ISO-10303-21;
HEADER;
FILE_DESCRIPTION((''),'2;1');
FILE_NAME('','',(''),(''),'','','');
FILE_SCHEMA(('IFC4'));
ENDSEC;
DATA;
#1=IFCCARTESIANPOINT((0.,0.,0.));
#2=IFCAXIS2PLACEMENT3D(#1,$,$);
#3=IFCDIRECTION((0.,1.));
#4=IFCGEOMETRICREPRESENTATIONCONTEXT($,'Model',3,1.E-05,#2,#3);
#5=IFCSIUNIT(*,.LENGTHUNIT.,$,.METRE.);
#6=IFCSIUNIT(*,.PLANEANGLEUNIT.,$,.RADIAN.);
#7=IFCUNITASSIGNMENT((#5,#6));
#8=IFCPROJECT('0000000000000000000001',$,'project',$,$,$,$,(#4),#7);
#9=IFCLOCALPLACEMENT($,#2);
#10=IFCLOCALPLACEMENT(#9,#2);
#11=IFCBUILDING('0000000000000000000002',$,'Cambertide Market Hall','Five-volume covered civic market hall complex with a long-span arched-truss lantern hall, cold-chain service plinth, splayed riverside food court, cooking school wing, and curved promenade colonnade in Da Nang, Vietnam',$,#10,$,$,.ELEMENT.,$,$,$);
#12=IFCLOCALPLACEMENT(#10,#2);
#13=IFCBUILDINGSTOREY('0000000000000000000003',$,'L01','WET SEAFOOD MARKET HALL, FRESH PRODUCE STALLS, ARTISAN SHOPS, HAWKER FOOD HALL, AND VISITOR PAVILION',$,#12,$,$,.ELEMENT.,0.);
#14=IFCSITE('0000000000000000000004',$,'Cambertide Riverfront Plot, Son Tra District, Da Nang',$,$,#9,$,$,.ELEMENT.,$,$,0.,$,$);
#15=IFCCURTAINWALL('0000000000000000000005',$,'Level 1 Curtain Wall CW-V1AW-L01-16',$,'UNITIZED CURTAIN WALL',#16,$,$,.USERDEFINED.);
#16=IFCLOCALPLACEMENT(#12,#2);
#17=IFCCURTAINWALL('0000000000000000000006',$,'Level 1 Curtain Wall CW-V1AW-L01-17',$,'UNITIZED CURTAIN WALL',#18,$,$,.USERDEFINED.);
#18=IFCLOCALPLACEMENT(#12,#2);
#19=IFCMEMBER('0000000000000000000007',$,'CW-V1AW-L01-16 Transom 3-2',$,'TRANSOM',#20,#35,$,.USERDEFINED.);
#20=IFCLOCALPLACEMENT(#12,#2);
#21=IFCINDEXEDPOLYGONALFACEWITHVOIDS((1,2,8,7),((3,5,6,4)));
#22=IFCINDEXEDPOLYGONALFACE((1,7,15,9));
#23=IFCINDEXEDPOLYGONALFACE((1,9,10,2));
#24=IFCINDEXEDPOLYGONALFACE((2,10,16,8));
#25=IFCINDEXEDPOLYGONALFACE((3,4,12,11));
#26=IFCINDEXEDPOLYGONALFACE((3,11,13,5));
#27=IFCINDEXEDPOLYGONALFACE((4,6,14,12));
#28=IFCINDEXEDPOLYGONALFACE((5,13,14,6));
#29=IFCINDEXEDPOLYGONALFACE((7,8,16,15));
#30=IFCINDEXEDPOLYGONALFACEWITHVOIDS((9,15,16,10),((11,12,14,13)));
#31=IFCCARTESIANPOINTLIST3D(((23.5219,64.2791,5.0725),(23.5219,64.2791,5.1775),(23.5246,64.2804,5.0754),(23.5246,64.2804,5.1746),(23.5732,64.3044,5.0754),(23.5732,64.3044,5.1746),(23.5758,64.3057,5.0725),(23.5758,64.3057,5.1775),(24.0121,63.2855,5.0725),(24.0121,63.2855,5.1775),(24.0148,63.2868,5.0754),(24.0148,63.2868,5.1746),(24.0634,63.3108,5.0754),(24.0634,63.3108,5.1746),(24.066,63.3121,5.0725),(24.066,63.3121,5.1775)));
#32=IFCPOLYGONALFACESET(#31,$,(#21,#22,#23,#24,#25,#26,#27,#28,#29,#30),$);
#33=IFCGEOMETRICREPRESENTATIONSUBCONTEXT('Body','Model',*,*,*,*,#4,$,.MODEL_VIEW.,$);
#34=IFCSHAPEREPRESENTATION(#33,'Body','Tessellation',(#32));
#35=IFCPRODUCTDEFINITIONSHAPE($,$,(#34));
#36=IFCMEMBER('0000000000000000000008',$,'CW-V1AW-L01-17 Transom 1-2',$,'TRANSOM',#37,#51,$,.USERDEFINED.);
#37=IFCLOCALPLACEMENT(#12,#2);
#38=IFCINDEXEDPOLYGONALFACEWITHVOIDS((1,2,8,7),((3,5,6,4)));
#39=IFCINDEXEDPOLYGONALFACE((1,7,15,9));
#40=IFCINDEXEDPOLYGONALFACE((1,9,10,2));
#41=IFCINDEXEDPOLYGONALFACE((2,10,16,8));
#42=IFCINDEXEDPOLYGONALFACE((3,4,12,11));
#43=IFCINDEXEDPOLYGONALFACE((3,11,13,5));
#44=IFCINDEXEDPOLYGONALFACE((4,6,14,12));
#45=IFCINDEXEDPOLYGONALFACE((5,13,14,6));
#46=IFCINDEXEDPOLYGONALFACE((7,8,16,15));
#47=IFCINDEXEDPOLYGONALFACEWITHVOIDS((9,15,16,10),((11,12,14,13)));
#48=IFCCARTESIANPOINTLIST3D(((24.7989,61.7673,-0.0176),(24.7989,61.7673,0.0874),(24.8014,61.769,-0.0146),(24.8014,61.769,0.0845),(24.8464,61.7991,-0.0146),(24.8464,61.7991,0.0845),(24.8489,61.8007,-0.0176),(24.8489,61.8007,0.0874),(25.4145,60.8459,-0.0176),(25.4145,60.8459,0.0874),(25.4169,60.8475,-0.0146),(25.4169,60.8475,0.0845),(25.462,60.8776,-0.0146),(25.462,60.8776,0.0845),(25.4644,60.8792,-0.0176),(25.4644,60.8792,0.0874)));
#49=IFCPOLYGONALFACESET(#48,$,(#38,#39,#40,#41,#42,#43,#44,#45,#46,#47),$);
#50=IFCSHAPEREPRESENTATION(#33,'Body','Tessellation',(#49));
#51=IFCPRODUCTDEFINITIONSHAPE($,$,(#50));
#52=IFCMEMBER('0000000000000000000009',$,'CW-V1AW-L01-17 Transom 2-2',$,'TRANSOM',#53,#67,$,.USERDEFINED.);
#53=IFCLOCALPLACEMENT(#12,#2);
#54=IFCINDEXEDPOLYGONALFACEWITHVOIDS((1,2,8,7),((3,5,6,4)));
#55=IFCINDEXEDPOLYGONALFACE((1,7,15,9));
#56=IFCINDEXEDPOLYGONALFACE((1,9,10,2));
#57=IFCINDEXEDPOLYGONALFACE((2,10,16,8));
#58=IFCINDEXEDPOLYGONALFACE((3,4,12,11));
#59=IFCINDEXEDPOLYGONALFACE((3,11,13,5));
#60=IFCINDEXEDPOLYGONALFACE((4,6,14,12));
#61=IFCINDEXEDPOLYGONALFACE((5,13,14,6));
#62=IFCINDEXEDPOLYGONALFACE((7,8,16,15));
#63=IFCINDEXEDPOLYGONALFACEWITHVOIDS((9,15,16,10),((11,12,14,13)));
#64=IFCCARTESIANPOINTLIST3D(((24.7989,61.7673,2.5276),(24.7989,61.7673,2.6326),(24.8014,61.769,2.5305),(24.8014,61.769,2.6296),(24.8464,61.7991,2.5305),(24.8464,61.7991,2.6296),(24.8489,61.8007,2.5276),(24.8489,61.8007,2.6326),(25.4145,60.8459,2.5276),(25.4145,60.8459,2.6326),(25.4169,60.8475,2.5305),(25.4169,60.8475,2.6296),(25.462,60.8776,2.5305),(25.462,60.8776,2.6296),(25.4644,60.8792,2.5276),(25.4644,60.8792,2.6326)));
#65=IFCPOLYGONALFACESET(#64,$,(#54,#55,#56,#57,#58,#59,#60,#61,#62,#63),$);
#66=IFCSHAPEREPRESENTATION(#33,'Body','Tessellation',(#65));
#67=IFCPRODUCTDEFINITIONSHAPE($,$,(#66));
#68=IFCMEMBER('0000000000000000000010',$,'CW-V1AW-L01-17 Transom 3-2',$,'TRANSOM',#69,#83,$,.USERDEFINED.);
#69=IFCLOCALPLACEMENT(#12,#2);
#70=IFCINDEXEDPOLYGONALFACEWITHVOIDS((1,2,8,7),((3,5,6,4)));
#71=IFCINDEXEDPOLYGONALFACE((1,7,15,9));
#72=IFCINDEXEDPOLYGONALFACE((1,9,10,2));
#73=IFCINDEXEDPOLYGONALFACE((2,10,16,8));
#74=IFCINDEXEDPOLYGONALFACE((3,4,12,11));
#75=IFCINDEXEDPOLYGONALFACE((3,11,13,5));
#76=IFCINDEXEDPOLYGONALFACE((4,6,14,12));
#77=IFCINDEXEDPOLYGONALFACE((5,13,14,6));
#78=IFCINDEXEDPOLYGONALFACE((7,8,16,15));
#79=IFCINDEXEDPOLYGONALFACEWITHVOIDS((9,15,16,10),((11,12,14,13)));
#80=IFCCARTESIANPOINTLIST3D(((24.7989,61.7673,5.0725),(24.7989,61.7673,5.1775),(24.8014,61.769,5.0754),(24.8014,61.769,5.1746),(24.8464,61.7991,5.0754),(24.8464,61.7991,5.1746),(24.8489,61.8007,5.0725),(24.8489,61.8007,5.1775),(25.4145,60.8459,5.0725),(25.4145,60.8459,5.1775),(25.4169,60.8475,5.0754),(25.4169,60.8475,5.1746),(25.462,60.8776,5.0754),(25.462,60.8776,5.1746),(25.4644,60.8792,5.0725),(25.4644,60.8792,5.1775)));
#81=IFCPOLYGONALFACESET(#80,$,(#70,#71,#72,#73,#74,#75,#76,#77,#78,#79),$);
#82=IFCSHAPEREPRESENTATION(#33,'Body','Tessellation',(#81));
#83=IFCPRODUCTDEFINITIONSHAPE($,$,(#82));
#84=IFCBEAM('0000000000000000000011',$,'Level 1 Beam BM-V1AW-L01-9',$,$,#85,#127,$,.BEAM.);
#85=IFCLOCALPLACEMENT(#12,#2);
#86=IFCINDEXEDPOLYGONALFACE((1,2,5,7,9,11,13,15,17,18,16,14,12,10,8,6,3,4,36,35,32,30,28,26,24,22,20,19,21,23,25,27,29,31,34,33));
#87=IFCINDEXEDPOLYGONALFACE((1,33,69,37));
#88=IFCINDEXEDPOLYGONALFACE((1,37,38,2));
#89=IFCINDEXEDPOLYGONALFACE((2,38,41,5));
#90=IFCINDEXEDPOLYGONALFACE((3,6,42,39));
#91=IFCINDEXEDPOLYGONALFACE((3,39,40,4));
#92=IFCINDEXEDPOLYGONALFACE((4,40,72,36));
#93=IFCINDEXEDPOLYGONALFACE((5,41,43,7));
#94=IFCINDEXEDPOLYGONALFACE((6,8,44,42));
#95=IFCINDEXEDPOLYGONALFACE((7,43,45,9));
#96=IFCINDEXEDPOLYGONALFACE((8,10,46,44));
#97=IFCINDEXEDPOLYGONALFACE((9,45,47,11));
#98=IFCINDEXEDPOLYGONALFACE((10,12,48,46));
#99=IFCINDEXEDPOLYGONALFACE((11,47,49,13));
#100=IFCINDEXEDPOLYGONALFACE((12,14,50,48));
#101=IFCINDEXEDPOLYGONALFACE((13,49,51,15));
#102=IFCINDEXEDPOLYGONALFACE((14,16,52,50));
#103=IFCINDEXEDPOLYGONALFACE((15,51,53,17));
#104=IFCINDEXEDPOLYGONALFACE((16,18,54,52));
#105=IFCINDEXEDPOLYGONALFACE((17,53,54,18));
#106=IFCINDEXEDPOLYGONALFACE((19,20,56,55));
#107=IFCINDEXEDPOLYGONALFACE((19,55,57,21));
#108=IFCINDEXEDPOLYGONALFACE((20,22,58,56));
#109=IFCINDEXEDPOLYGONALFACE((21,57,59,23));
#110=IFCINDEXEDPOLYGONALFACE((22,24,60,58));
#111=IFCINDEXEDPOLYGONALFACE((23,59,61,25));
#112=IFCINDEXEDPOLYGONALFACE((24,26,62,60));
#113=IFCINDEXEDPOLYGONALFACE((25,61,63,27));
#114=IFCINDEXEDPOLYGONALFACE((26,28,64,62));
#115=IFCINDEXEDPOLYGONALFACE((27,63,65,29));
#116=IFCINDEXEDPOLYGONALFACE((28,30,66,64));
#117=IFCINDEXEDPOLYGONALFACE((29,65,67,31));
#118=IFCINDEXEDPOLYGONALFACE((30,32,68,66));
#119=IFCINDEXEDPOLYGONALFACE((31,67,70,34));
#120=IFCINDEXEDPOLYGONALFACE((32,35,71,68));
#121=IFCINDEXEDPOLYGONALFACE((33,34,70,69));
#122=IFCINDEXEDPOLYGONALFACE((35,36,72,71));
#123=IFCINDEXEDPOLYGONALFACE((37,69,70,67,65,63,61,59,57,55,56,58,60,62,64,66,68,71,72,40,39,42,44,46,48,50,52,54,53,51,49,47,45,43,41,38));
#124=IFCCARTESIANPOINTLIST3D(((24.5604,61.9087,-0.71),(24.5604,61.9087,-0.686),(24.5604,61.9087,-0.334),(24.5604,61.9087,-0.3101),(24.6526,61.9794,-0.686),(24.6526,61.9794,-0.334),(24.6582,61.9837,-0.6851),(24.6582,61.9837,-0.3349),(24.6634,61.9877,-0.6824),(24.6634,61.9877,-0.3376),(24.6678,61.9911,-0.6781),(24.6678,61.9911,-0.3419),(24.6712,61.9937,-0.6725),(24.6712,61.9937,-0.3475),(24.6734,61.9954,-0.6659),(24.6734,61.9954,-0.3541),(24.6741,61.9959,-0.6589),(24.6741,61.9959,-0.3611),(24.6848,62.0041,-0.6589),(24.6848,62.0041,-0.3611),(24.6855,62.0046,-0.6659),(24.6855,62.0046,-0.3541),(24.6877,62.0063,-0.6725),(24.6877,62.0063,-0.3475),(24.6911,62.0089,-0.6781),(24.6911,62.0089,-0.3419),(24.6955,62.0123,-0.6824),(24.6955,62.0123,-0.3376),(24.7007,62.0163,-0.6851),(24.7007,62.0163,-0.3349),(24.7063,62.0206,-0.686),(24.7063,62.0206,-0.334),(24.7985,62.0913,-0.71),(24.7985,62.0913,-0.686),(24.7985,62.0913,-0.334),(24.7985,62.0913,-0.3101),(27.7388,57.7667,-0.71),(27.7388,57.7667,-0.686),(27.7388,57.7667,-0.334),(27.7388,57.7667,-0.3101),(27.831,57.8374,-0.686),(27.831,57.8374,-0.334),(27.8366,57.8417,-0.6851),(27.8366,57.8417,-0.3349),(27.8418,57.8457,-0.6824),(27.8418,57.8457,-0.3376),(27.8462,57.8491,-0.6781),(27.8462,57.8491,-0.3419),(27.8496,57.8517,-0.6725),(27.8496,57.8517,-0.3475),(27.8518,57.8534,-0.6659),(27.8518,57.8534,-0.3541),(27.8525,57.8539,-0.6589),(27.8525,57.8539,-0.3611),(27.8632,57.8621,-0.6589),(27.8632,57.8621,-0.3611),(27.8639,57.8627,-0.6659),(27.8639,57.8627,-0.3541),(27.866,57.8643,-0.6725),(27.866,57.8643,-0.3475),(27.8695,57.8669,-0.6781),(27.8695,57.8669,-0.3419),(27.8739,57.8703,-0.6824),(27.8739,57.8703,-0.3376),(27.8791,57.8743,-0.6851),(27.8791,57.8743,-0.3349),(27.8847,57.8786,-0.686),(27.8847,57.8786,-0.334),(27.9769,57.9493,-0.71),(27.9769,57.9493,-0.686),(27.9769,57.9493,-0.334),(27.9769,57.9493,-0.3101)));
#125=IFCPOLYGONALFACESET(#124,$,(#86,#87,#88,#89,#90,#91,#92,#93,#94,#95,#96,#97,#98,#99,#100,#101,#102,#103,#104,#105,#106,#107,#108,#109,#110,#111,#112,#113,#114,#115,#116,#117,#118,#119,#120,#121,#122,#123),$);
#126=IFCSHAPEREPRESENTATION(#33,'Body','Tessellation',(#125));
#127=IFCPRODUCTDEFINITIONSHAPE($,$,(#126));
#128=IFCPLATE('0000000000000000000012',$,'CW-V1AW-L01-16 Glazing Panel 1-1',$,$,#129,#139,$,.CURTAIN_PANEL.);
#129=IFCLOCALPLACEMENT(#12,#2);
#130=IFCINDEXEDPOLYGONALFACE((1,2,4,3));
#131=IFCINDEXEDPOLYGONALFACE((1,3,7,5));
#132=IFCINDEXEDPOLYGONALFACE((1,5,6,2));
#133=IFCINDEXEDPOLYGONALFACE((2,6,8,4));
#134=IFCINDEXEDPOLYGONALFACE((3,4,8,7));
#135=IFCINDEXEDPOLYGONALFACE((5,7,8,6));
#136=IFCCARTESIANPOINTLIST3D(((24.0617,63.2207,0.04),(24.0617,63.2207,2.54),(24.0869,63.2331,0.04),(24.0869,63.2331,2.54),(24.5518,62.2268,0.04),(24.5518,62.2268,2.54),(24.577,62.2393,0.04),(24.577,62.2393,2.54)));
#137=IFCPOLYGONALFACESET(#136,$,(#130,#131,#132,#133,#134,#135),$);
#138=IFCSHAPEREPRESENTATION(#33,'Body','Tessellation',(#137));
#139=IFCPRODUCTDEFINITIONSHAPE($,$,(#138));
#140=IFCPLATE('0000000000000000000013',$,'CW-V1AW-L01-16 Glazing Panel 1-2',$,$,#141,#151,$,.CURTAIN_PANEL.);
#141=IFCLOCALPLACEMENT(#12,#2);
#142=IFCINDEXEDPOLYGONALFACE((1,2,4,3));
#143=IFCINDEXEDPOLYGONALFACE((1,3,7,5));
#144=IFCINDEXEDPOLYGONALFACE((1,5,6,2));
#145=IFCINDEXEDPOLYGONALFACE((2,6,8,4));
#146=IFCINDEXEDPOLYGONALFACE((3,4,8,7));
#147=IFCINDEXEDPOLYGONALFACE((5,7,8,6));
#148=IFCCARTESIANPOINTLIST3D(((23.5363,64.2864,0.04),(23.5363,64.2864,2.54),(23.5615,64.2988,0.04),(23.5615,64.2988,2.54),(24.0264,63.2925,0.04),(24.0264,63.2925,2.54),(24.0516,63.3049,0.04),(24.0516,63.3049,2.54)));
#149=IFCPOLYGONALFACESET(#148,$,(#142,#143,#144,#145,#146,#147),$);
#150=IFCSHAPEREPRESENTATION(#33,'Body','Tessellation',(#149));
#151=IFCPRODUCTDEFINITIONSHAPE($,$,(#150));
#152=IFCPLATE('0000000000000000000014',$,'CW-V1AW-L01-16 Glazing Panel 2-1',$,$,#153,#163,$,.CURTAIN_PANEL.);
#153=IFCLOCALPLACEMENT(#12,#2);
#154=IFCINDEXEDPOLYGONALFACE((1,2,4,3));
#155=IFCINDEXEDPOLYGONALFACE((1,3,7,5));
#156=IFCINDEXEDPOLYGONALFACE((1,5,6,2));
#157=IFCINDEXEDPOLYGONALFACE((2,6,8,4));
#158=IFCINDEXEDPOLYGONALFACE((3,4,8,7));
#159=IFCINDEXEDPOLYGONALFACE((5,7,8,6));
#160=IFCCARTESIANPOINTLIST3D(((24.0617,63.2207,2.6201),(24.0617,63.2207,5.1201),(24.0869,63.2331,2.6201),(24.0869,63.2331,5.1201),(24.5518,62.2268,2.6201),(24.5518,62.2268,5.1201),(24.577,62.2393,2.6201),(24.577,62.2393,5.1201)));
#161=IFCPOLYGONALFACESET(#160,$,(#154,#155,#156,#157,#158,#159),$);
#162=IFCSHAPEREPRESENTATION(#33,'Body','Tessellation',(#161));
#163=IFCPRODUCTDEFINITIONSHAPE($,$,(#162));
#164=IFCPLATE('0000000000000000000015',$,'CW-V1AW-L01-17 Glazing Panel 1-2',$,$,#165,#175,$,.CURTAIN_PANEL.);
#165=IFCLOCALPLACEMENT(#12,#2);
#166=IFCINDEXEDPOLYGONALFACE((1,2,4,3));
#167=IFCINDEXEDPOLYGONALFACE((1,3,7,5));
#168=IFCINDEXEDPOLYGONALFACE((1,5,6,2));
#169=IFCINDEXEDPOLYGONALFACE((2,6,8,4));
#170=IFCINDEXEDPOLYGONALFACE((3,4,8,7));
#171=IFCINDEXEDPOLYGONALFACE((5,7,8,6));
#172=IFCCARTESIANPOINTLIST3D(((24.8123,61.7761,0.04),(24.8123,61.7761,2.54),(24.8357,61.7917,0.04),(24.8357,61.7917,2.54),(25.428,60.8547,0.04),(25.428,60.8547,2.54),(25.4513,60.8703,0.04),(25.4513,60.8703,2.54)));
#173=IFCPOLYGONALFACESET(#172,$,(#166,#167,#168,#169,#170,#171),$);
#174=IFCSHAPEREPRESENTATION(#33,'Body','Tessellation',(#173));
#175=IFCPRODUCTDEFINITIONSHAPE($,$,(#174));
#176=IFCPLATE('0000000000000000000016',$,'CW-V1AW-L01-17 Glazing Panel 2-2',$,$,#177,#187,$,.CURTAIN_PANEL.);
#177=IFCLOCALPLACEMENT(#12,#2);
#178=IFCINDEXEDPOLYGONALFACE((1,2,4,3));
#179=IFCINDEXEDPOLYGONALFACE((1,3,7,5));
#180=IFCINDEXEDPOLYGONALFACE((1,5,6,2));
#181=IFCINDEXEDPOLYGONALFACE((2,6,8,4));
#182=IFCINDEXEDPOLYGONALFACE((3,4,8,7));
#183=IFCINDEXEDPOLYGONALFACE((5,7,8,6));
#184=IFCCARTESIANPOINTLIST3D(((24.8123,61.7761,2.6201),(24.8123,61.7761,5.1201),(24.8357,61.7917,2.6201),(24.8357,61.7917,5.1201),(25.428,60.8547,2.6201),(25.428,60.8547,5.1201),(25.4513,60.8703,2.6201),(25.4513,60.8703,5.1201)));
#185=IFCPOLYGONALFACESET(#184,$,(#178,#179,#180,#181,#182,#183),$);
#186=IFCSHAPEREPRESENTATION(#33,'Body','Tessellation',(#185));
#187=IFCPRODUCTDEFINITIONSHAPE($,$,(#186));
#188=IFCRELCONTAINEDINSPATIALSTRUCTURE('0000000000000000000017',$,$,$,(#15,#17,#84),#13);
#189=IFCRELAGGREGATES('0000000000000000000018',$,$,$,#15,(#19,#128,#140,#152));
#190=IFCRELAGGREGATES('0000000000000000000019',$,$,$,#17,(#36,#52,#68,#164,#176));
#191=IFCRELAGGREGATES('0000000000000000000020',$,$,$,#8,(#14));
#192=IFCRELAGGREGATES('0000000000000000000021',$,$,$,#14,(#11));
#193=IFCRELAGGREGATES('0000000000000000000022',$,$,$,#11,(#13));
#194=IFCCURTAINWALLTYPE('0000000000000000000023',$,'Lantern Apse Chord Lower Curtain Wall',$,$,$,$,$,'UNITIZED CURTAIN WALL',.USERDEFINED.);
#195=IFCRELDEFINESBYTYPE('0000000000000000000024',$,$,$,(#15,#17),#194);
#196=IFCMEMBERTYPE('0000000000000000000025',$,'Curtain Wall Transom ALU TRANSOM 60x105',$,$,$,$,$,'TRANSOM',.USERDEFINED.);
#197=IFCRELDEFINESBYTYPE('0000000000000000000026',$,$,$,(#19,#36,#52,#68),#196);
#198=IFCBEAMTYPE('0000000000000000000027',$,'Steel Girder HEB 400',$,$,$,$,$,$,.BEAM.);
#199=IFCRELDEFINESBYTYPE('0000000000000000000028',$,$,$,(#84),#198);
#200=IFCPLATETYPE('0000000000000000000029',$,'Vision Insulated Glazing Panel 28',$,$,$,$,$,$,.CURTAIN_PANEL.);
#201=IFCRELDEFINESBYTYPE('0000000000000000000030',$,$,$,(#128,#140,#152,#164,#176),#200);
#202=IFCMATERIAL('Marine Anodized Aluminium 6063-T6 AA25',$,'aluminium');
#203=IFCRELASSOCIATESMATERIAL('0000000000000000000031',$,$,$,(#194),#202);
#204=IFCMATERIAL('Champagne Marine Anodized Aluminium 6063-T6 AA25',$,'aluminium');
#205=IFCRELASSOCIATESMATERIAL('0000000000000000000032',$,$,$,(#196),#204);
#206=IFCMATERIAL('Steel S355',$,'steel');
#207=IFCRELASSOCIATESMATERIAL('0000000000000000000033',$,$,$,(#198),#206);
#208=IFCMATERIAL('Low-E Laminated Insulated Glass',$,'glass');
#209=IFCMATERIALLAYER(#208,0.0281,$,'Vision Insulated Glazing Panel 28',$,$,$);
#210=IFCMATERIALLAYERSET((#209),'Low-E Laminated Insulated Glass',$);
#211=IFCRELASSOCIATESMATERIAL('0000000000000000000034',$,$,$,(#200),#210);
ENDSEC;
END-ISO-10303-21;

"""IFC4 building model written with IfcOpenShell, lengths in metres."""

from ifc_helpers import new_model, si_unit, direction, frame, origin, origin_2d, place, context, subcontext, project, spatial, rectangle, hollow_rectangle, i_section, extrude, material, layer, layer_set, material_profile, profile_set, type_object, element, aggregate, save


model = new_model("IFC4")

# Units and contexts
model_context = context("Model", 3, precision=1e-05, world=origin(), true_north=direction((0.0, 1.0)))
body_context = subcontext(model_context, "Body", "Model", "MODEL_VIEW")
ifc_project = project(units=[si_unit("LENGTHUNIT", "METRE"), si_unit("PLANEANGLEUNIT", "RADIAN")], contexts=[model_context])

# Site, building, storey
site_placement = place(None, origin())
site = spatial("IfcSite", under=ifc_project, at=site_placement, Name="Cambertide Riverfront Plot, Son Tra District, Da Nang", CompositionType="ELEMENT", RefElevation=0.0)
building_placement = place(site_placement, origin())
building = spatial("IfcBuilding", under=site, at=building_placement, Name="Cambertide Market Hall", Description="Five-volume covered civic market hall complex with a long-span arched-truss lantern hall, cold-chain service plinth, splayed riverside food court, cooking school wing, and curved promenade colonnade in Da Nang, Vietnam", CompositionType="ELEMENT")
storey_placement = place(building_placement, origin())
storey = spatial("IfcBuildingStorey", under=building, at=storey_placement, Name="L01", Description="WET SEAFOOD MARKET HALL, FRESH PRODUCE STALLS, ARTISAN SHOPS, HAWKER FOOD HALL, AND VISITOR PAVILION", CompositionType="ELEMENT", Elevation=0.0)

# Curtain wall
ifc_material_1 = material(Name="Marine Anodized Aluminium 6063-T6 AA25", Category="aluminium")
curtain_wall_type = type_object("IfcCurtainWallType", Name="Lantern Apse Chord Lower Curtain Wall", ElementType="UNITIZED CURTAIN WALL", PredefinedType="USERDEFINED", material=ifc_material_1)
curtain_wall_1_placement = place(storey_placement, origin())
curtain_wall_1 = element("IfcCurtainWall", 1, at=curtain_wall_1_placement, inside=storey, type_object=curtain_wall_type, Name="Level 1 Curtain Wall CW-V1AW-L01-16", ObjectType="UNITIZED CURTAIN WALL", PredefinedType="USERDEFINED")

# Curtain wall
curtain_wall_2_placement = place(storey_placement, origin())
curtain_wall_2 = element("IfcCurtainWall", 2, at=curtain_wall_2_placement, inside=storey, type_object=curtain_wall_type, Name="Level 1 Curtain Wall CW-V1AW-L01-17", ObjectType="UNITIZED CURTAIN WALL", PredefinedType="USERDEFINED")

# Members
ifc_material_2 = material(Name="Champagne Marine Anodized Aluminium 6063-T6 AA25", Category="aluminium")
ifc_material_profile_1 = material_profile(ifc_material_2, hollow_rectangle(XDim=0.0601, YDim=0.105, WallThickness=0.0029, at=origin_2d()), Name="ALU TRANSOM 60x105")
ifc_profile_set_1 = profile_set([ifc_material_profile_1], Name="Champagne Marine Anodized Aluminium 6063-T6 AA25")
member_type_1 = type_object("IfcMemberType", Name="Curtain Wall Transom ALU TRANSOM 60x105", ElementType="TRANSOM", PredefinedType="USERDEFINED", material=ifc_profile_set_1)
member_1_placement = place(storey_placement, frame((24.0391, 63.2988, 5.125), z_axis=(-0.442448, 0.896794, 0.0), x_axis=(-0.896794, -0.442448, 0.0)))
member_1 = element("IfcMember", 3, at=member_1_placement, type_object=member_type_1, Name="CW-V1AW-L01-16 Transom 3-2", ObjectType="TRANSOM", PredefinedType="USERDEFINED", context=body_context, shape_type="SweptSolid", body=[
    extrude(hollow_rectangle(XDim=0.0601, YDim=0.105, WallThickness=0.0029, at=origin_2d()), origin(), (0.0, 0.0, 1.0), 1.1079),
])
member_2_placement = place(storey_placement, frame((25.4395, 60.8625, 0.0349), z_axis=(-0.555463, 0.831541, 0.0), x_axis=(-0.831541, -0.555463, 0.0)))
member_2 = element("IfcMember", 4, at=member_2_placement, type_object=member_type_1, Name="CW-V1AW-L01-17 Transom 1-2", ObjectType="TRANSOM", PredefinedType="USERDEFINED", context=body_context, shape_type="SweptSolid", body=[
    extrude(hollow_rectangle(XDim=0.0601, YDim=0.105, WallThickness=0.0029, at=origin_2d()), origin(), (0.0, 0.0, 1.0), 1.1082),
])
member_3_placement = place(storey_placement, frame((25.4395, 60.8625, 2.5801), z_axis=(-0.555463, 0.831541, 0.0), x_axis=(-0.831541, -0.555463, 0.0)))
member_3 = element("IfcMember", 5, at=member_3_placement, type_object=member_type_1, Name="CW-V1AW-L01-17 Transom 2-2", ObjectType="TRANSOM", PredefinedType="USERDEFINED", context=body_context, shape_type="SweptSolid", body=[
    extrude(hollow_rectangle(XDim=0.0601, YDim=0.105, WallThickness=0.0029, at=origin_2d()), origin(), (0.0, 0.0, 1.0), 1.1082),
])
member_4_placement = place(storey_placement, frame((25.4395, 60.8625, 5.125), z_axis=(-0.555463, 0.831541, 0.0), x_axis=(-0.831541, -0.555463, 0.0)))
member_4 = element("IfcMember", 6, at=member_4_placement, type_object=member_type_1, Name="CW-V1AW-L01-17 Transom 3-2", ObjectType="TRANSOM", PredefinedType="USERDEFINED", context=body_context, shape_type="SweptSolid", body=[
    extrude(hollow_rectangle(XDim=0.0601, YDim=0.105, WallThickness=0.0029, at=origin_2d()), origin(), (0.0, 0.0, 1.0), 1.1082),
])

# Beam
ifc_material_3 = material(Name="Steel S355", Category="steel")
ifc_material_profile_2 = material_profile(ifc_material_3, i_section(OverallWidth=0.3, OverallDepth=0.3999, WebThickness=0.0134, FlangeThickness=0.0239, FilletRadius=0.0271, at=origin_2d()), Name="HEB 400")
ifc_profile_set_2 = profile_set([ifc_material_profile_2], Name="Steel S355")
beam_type = type_object("IfcBeamType", Name="Steel Girder HEB 400", PredefinedType="BEAM", material=ifc_profile_set_2)
beam_placement = place(storey_placement, frame((24.6794, 62.0, -0.51), z_axis=(0.608777, -0.793341, 0.0), x_axis=(0.793341, 0.608777, 0.0)))
element("IfcBeam", 7, at=beam_placement, inside=storey, type_object=beam_type, Name="Level 1 Beam BM-V1AW-L01-9", PredefinedType="BEAM", context=body_context, shape_type="SweptSolid", body=[
    extrude(i_section(OverallWidth=0.3, OverallDepth=0.3999, WebThickness=0.0134, FlangeThickness=0.0239, FilletRadius=0.0271, at=origin_2d()), origin(), (0.0, 0.0, 1.0), 5.2209),
])

# Plates
ifc_material_4 = material(Name="Low-E Laminated Insulated Glass", Category="glass")
ifc_layer_1 = layer(ifc_material_4, 0.0281, Name="Vision Insulated Glazing Panel 28")
ifc_layer_set_1 = layer_set([ifc_layer_1], Name="Low-E Laminated Insulated Glass")
plate_type = type_object("IfcPlateType", Name="Vision Insulated Glazing Panel 28", PredefinedType="CURTAIN_PANEL", material=ifc_layer_set_1)
plate_1_placement = place(storey_placement, frame((24.3193, 62.73, 0.04), z_axis=(0.0, 0.0, 1.0), x_axis=(-0.442289, 0.896873, 0.0)))
plate_1 = element("IfcPlate", 8, at=plate_1_placement, type_object=plate_type, Name="CW-V1AW-L01-16 Glazing Panel 1-1", PredefinedType="CURTAIN_PANEL", context=body_context, shape_type="SweptSolid", body=[
    extrude(rectangle(XDim=1.1082, YDim=0.0281, at=origin_2d()), origin(), (0.0, 0.0, 1.0), 2.5),
])
plate_2_placement = place(storey_placement, frame((23.7939, 63.7957, 0.04), z_axis=(0.0, 0.0, 1.0), x_axis=(-0.442289, 0.896873, 0.0)))
plate_2 = element("IfcPlate", 9, at=plate_2_placement, type_object=plate_type, Name="CW-V1AW-L01-16 Glazing Panel 1-2", PredefinedType="CURTAIN_PANEL", context=body_context, shape_type="SweptSolid", body=[
    extrude(rectangle(XDim=1.1082, YDim=0.0281, at=origin_2d()), origin(), (0.0, 0.0, 1.0), 2.5),
])
plate_3_placement = place(storey_placement, frame((24.3193, 62.73, 2.6201), z_axis=(0.0, 0.0, 1.0), x_axis=(-0.442289, 0.896873, 0.0)))
plate_3 = element("IfcPlate", 10, at=plate_3_placement, type_object=plate_type, Name="CW-V1AW-L01-16 Glazing Panel 2-1", PredefinedType="CURTAIN_PANEL", context=body_context, shape_type="SweptSolid", body=[
    extrude(rectangle(XDim=1.1082, YDim=0.0281, at=origin_2d()), origin(), (0.0, 0.0, 1.0), 2.5),
])
aggregate(curtain_wall_1, [member_1, plate_1, plate_2, plate_3])
plate_4_placement = place(storey_placement, frame((25.1318, 61.3232, 0.04), z_axis=(0.0, 0.0, 1.0), x_axis=(-0.55557, 0.83147, 0.0)))
plate_4 = element("IfcPlate", 11, at=plate_4_placement, type_object=plate_type, Name="CW-V1AW-L01-17 Glazing Panel 1-2", PredefinedType="CURTAIN_PANEL", context=body_context, shape_type="SweptSolid", body=[
    extrude(rectangle(XDim=1.1082, YDim=0.0281, at=origin_2d()), origin(), (0.0, 0.0, 1.0), 2.5),
])
plate_5_placement = place(storey_placement, frame((25.1318, 61.3232, 2.6201), z_axis=(0.0, 0.0, 1.0), x_axis=(-0.55557, 0.83147, 0.0)))
plate_5 = element("IfcPlate", 12, at=plate_5_placement, type_object=plate_type, Name="CW-V1AW-L01-17 Glazing Panel 2-2", PredefinedType="CURTAIN_PANEL", context=body_context, shape_type="SweptSolid", body=[
    extrude(rectangle(XDim=1.1082, YDim=0.0281, at=origin_2d()), origin(), (0.0, 0.0, 1.0), 2.5),
])
aggregate(curtain_wall_2, [member_2, member_3, member_4, plate_4, plate_5])

save(model, "model.ifc")
